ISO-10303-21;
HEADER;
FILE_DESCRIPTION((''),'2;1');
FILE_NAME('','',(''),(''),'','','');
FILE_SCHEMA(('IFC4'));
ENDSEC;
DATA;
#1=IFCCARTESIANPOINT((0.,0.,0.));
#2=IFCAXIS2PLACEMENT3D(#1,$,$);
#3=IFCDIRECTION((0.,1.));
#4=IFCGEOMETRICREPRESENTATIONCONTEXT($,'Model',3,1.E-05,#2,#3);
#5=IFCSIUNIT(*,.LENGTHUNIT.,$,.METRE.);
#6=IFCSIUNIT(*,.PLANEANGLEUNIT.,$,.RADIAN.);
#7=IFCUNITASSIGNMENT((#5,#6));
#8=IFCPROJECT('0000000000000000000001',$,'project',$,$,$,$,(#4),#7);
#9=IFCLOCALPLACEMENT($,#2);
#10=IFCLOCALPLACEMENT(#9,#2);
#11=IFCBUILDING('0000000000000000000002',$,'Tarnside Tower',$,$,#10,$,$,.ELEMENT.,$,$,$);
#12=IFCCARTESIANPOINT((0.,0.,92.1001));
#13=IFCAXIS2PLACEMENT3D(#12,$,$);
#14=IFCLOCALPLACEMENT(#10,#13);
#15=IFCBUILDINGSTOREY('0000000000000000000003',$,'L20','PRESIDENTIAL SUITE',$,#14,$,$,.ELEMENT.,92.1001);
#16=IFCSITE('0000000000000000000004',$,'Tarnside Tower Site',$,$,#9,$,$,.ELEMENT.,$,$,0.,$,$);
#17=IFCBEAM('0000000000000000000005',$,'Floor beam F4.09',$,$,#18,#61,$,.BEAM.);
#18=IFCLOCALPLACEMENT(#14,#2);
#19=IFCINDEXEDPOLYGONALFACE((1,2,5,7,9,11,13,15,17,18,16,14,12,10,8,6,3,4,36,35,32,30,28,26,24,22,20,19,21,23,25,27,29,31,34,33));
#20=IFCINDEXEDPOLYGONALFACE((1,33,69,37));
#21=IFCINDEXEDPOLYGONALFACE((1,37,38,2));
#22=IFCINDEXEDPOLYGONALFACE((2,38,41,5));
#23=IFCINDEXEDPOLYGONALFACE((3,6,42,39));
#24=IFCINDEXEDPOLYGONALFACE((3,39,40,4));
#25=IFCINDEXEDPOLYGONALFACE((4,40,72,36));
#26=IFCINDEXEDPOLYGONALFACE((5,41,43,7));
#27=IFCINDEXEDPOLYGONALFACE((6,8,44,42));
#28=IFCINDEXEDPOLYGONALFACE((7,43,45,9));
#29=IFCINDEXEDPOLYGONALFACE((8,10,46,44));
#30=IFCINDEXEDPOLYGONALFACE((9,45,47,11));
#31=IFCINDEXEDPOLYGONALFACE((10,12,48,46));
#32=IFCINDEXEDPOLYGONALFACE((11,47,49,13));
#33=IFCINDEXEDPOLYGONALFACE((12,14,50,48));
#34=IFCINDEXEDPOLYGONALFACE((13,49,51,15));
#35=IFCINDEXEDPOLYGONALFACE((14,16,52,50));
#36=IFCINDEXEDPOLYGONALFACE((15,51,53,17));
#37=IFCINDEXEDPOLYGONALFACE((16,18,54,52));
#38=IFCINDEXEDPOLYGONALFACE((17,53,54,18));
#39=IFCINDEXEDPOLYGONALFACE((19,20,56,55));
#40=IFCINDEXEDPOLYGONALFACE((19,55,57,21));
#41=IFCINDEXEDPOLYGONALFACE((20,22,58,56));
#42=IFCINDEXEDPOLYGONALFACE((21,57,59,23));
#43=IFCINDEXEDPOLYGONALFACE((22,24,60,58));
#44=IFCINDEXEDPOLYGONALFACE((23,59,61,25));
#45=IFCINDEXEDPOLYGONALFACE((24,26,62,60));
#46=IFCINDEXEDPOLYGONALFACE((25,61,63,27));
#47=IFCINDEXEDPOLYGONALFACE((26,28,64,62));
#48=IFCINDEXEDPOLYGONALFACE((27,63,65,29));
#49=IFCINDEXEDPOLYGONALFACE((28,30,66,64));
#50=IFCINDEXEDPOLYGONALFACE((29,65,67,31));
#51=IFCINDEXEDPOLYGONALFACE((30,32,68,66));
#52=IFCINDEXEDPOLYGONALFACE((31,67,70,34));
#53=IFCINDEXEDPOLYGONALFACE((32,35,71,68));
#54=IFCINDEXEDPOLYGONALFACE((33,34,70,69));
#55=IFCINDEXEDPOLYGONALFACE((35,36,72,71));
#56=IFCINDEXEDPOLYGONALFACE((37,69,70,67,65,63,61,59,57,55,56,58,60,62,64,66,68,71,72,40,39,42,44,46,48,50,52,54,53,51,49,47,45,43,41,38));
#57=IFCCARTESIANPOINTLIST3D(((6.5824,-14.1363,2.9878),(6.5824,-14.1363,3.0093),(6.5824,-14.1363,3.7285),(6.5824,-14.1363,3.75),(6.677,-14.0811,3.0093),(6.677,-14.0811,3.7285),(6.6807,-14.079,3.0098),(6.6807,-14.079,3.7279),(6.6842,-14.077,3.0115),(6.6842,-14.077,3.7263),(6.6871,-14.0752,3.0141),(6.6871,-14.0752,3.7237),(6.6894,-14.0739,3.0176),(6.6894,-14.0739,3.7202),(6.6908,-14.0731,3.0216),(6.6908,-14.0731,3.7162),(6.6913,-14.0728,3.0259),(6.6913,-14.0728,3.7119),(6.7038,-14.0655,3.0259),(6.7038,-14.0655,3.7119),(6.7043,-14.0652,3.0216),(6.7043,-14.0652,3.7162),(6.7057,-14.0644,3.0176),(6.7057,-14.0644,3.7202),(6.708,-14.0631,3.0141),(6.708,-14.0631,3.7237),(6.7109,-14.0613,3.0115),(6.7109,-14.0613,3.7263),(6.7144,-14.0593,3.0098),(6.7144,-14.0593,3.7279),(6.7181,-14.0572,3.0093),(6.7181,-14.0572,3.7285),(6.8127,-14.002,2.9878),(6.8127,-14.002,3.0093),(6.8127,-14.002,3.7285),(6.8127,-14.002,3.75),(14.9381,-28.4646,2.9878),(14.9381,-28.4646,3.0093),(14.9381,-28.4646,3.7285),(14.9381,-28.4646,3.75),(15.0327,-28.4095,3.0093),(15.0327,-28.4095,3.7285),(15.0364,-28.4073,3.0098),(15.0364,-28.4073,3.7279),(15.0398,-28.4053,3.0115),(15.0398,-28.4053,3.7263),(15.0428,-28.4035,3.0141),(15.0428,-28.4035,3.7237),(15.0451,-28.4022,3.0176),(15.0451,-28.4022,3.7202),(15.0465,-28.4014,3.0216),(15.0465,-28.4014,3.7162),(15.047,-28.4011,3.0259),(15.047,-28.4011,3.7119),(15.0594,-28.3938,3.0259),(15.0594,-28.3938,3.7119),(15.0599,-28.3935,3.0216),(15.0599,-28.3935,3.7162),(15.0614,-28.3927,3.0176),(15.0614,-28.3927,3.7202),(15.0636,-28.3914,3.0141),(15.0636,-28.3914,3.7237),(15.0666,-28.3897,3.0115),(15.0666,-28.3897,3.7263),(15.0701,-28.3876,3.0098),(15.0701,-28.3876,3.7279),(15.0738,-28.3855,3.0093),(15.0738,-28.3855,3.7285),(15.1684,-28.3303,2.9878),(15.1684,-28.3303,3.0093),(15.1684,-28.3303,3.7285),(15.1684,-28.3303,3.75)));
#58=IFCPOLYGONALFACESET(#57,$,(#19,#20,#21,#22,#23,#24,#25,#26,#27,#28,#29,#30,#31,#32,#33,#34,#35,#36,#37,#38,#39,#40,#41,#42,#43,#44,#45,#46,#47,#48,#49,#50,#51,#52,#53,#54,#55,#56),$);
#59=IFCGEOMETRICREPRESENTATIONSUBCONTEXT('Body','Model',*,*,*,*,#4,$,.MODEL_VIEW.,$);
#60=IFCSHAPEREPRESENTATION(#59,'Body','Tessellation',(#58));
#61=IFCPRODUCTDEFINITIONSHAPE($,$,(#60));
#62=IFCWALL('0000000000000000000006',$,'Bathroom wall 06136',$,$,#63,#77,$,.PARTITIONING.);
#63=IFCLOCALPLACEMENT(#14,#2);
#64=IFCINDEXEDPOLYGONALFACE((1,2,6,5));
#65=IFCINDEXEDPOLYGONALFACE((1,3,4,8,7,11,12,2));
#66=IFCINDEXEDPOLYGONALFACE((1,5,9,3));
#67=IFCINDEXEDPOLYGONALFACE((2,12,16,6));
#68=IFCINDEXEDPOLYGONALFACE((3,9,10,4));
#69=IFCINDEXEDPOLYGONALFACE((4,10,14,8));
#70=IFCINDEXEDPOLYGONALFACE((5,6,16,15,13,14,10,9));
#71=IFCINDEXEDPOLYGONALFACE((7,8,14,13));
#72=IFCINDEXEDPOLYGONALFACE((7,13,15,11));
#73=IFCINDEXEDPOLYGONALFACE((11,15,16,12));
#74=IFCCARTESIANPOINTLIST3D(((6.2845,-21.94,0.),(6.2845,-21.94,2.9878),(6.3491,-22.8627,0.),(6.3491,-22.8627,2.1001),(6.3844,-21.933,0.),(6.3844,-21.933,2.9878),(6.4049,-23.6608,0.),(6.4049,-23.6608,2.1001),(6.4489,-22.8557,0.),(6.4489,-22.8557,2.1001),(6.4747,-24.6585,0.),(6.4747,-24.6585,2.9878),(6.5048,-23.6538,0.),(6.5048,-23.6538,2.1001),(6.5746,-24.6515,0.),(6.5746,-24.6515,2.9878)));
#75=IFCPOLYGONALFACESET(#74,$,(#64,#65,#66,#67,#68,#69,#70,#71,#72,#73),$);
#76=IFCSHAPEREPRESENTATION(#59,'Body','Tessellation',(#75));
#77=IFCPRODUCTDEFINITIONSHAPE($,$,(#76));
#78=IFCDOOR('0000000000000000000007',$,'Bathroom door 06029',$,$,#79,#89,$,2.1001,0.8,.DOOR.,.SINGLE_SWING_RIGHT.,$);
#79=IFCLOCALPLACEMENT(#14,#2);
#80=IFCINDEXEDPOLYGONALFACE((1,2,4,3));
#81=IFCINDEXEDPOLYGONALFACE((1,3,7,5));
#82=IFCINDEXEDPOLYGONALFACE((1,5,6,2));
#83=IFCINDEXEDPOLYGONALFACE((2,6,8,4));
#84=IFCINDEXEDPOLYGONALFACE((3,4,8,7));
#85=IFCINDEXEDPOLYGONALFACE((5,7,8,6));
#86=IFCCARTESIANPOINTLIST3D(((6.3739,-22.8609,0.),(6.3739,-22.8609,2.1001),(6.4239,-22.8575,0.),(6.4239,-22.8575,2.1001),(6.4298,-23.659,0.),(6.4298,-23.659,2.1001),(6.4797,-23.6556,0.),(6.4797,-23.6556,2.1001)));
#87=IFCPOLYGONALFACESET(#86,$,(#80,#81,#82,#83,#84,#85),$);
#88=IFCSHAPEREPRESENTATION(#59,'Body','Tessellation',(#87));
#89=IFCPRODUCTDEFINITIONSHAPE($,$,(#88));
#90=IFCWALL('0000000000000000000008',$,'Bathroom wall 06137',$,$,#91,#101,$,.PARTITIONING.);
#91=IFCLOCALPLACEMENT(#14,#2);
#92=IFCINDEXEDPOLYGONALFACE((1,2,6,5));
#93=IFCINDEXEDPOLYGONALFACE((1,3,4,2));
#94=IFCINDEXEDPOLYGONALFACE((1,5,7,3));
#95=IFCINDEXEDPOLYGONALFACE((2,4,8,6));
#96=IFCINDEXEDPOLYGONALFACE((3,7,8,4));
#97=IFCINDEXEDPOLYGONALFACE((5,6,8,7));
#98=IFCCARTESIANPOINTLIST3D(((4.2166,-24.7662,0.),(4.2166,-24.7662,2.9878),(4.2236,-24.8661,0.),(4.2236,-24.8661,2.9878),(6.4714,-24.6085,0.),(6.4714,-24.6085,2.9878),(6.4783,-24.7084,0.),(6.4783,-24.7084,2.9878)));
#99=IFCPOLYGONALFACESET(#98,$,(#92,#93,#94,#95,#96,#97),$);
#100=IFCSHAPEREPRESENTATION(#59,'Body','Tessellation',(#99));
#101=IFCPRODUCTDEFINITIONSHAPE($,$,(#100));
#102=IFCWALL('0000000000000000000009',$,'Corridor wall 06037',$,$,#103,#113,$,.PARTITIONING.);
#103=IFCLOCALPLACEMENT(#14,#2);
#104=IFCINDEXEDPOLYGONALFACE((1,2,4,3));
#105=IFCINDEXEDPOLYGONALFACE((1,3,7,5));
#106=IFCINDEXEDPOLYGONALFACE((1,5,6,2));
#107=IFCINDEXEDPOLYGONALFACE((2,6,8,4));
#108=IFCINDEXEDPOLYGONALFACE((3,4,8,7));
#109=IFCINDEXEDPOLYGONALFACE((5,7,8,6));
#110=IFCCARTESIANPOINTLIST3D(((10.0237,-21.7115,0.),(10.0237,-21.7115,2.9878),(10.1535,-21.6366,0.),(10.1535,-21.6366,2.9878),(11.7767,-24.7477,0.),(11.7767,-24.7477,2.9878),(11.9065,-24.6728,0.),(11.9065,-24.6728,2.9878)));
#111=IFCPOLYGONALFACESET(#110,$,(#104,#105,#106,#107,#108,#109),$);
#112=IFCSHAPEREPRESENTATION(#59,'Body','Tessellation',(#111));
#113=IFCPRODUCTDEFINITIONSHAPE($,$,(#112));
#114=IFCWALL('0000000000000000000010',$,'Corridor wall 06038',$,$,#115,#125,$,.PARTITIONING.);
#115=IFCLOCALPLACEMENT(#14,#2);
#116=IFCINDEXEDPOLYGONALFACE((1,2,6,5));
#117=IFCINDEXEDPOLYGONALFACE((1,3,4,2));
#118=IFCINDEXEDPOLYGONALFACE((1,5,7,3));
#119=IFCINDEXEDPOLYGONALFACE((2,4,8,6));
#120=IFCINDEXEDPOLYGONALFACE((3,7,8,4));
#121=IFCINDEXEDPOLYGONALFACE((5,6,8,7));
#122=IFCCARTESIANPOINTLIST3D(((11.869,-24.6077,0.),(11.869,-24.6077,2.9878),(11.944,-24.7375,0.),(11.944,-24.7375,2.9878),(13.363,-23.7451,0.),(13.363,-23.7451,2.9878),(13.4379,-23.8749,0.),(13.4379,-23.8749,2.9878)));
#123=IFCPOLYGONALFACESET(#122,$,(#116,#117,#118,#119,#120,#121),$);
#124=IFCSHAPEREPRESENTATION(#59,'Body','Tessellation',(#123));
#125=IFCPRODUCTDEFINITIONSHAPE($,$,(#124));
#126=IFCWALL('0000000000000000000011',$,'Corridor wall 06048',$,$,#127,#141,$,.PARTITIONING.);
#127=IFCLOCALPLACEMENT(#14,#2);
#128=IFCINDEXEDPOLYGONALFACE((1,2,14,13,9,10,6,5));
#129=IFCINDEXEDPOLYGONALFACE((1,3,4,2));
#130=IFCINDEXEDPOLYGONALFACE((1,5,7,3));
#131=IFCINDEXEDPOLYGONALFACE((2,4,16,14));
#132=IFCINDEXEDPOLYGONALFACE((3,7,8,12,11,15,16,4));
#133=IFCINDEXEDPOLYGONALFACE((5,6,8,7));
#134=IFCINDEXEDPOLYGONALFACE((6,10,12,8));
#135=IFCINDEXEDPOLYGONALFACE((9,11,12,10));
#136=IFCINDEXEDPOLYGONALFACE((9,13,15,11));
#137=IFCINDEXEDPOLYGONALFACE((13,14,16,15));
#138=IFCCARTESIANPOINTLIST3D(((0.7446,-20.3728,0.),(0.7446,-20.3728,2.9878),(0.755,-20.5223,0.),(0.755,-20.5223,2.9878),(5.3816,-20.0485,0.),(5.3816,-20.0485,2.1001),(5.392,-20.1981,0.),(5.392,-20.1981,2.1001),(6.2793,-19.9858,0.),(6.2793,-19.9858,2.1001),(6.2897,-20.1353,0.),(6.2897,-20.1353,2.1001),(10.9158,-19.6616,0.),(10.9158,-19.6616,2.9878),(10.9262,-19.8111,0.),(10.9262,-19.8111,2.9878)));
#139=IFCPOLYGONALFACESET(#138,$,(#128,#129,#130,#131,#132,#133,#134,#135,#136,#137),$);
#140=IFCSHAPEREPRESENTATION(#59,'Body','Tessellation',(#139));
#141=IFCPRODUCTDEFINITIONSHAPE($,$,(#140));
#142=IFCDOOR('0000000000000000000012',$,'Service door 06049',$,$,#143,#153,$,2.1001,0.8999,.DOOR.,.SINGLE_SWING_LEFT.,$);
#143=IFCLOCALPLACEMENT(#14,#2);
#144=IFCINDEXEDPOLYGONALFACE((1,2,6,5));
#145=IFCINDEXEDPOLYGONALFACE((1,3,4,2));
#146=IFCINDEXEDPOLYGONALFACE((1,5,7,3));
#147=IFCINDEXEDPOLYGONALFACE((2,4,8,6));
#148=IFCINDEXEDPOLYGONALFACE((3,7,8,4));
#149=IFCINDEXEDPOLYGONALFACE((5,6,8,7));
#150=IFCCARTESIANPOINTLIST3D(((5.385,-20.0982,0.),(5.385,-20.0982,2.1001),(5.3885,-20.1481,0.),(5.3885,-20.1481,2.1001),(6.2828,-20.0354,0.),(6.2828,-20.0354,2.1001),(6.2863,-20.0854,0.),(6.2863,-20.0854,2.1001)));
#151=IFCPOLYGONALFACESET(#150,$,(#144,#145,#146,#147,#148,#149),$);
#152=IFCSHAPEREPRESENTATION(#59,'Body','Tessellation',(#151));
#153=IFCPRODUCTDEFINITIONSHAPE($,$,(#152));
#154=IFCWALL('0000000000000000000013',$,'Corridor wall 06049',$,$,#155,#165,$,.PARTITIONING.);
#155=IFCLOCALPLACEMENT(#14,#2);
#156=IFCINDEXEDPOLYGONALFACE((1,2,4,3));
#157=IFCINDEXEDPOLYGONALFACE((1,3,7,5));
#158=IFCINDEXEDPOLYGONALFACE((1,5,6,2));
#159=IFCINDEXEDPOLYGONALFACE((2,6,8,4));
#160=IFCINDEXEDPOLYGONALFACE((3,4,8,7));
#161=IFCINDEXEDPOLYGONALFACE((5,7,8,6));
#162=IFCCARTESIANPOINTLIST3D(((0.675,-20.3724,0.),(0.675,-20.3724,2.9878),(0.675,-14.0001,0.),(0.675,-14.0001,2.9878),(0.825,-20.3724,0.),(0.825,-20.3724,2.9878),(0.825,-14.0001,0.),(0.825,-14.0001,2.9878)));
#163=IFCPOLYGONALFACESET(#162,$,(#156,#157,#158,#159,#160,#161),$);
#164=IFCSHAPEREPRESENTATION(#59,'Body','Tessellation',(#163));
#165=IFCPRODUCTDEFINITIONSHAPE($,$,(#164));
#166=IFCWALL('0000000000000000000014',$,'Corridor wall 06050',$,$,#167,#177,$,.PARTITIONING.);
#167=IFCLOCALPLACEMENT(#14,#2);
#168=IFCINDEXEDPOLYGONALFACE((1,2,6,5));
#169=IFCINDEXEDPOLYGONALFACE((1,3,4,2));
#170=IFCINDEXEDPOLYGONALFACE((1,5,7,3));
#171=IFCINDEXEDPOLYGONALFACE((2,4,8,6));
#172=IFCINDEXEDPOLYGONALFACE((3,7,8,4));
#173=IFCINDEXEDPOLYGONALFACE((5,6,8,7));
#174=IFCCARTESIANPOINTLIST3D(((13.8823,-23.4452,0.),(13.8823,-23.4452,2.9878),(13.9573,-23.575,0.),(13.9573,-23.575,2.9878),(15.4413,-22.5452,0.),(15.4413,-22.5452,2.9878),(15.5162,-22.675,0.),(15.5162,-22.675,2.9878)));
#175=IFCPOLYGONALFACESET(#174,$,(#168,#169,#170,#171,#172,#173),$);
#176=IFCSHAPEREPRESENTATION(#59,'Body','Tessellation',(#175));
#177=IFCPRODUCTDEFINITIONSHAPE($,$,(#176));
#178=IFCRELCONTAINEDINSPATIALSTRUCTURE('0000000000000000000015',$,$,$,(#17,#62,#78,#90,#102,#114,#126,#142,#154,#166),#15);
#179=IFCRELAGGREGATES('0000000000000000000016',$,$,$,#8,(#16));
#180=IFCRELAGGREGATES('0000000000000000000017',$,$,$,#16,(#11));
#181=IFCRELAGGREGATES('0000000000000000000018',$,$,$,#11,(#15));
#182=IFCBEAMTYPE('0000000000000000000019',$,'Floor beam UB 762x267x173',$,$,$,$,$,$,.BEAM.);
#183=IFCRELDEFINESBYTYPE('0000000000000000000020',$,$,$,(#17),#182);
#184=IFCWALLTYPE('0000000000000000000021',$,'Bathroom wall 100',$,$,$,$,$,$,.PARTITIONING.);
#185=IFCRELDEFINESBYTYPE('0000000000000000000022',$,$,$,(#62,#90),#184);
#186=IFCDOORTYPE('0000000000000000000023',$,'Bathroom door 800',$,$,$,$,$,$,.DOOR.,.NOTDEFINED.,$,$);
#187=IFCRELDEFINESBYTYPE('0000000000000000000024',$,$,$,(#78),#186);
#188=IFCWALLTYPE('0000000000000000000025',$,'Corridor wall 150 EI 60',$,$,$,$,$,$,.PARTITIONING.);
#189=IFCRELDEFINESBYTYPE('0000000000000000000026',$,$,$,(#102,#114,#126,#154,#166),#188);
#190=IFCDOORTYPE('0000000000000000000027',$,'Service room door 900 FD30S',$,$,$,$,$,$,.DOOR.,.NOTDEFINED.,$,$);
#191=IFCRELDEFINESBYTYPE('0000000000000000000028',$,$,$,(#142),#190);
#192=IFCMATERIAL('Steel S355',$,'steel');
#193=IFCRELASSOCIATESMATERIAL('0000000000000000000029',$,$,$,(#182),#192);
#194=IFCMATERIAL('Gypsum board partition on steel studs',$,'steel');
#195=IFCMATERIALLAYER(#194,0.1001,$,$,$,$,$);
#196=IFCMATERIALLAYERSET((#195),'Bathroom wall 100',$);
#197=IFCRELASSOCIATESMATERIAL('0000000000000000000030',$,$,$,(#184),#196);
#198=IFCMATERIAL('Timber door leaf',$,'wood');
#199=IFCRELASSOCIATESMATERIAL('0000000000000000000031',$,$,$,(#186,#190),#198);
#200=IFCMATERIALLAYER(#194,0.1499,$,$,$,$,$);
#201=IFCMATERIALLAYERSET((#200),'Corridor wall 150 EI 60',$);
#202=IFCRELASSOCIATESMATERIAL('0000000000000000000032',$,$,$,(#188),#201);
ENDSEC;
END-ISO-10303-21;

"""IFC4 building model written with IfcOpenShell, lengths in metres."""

from ifc_helpers import new_model, si_unit, direction, frame, frame_2d, origin, origin_2d, place, context, subcontext, project, spatial, rectangle, i_section, extrude, material, layer, layer_set, material_profile, profile_set, type_object, element, fill, save


model = new_model("IFC4")

# Units and contexts
model_context = context("Model", 3, precision=1e-05, world=origin(), true_north=direction((0.0, 1.0)))
body_context = subcontext(model_context, "Body", "Model", "MODEL_VIEW")
ifc_project = project(units=[si_unit("LENGTHUNIT", "METRE"), si_unit("PLANEANGLEUNIT", "RADIAN")], contexts=[model_context])

# Site, building, storey
site_placement = place(None, origin())
site = spatial("IfcSite", under=ifc_project, at=site_placement, Name="Tarnside Tower Site", CompositionType="ELEMENT", RefElevation=0.0)
building_placement = place(site_placement, origin())
building = spatial("IfcBuilding", under=site, at=building_placement, Name="Tarnside Tower", CompositionType="ELEMENT")
storey_placement = place(building_placement, frame((0.0, 0.0, 92.1001)))
storey = spatial("IfcBuildingStorey", under=building, at=storey_placement, Name="L20", Description="PRESIDENTIAL SUITE", CompositionType="ELEMENT", Elevation=92.1001)

# Beam
ifc_material_1 = material(Name="Steel S355", Category="steel")
ifc_material_profile_1 = material_profile(ifc_material_1, i_section(OverallWidth=0.2666, OverallDepth=0.7622, WebThickness=0.0144, FlangeThickness=0.0215, FilletRadius=0.0166, at=origin_2d()), Name="UB 762x267x173")
ifc_profile_set_1 = profile_set([ifc_material_profile_1], Name="Steel S355")
beam_type_1 = type_object("IfcBeamType", Name="Floor beam UB 762x267x173", PredefinedType="BEAM", material=ifc_profile_set_1)
beam_1_placement = place(storey_placement, frame((15.0532, -28.3975, 3.3689), z_axis=(-0.503758, 0.863845, 0.0), x_axis=(-0.863845, -0.503758, 0.0)))
element("IfcBeam", 1, at=beam_1_placement, inside=storey, type_object=beam_type_1, Name="Floor beam F4.09", PredefinedType="BEAM", context=body_context, shape_type="SweptSolid", body=[
    extrude(i_section(OverallWidth=0.2666, OverallDepth=0.7622, WebThickness=0.0144, FlangeThickness=0.0215, FilletRadius=0.0166, at=origin_2d()), origin(), (0.0, 0.0, 1.0), 16.5867),
])

# Wall, opening, door
ifc_material_2 = material(Name="Gypsum board partition on steel studs", Category="steel")
ifc_layer_1 = layer(ifc_material_2, 0.1001)
ifc_layer_set_1 = layer_set([ifc_layer_1], Name="Bathroom wall 100")
wall_type_1 = type_object("IfcWallType", Name="Bathroom wall 100", PredefinedType="PARTITIONING", material=ifc_layer_set_1)
wall_1_placement = place(storey_placement, frame((6.3345, -21.9365, 0.0), z_axis=(0.0, 0.0, 1.0), x_axis=(0.069789, -0.997562, 0.0)))
wall_1 = element("IfcWall", 2, at=wall_1_placement, inside=storey, type_object=wall_type_1, Name="Bathroom wall 06136", PredefinedType="PARTITIONING", context=body_context, shape_type="SweptSolid", body=[
    extrude(rectangle(XDim=2.7251, YDim=0.1001, at=frame_2d((1.3625, 0.0))), origin(), (0.0, 0.0, 1.0), 2.9878),
])
opening_1_placement = place(wall_1_placement, frame((0.925, 0.0, 0.0)))
opening_1 = element("IfcOpeningElement", 3, at=opening_1_placement, cuts=wall_1, PredefinedType="OPENING", context=body_context, shape_type="SweptSolid", body=[
    extrude(rectangle(XDim=0.8, YDim=2.1001, at=frame_2d((0.3999, 1.05))), frame((0.0, 0.0601, 0.0), z_axis=(0.0, -1.0, 0.0), x_axis=(1.0, 0.0, 0.0)), (0.0, 0.0, 1.0), 0.1201),
])
ifc_material_3 = material(Name="Timber door leaf", Category="wood")
door_type_1 = type_object("IfcDoorType", Name="Bathroom door 800", OperationType="NOTDEFINED", PredefinedType="DOOR", material=ifc_material_3)
door_1_placement = place(opening_1_placement, origin())
door_1 = element("IfcDoor", 4, at=door_1_placement, inside=storey, type_object=door_type_1, Name="Bathroom door 06029", OperationType="SINGLE_SWING_RIGHT", OverallHeight=2.1001, OverallWidth=0.8, PredefinedType="DOOR", context=body_context, shape_type="SweptSolid", body=[
    extrude(rectangle(XDim=0.8, YDim=2.1001, at=frame_2d((0.3999, 1.05))), frame((0.0, 0.0249, 0.0), z_axis=(0.0, -1.0, 0.0), x_axis=(1.0, 0.0, 0.0)), (0.0, 0.0, 1.0), 0.05),
])
fill(opening_1, door_1)

# Walls
wall_2_placement = place(storey_placement, frame((6.4749, -24.6584, 0.0), z_axis=(0.0, 0.0, 1.0), x_axis=(-0.997562, -0.069781, 0.0)))
element("IfcWall", 5, at=wall_2_placement, inside=storey, type_object=wall_type_1, Name="Bathroom wall 06137", PredefinedType="PARTITIONING", context=body_context, shape_type="SweptSolid", body=[
    extrude(rectangle(XDim=2.2603, YDim=0.1001, at=frame_2d((1.1301, 0.0))), origin(), (0.0, 0.0, 1.0), 2.9878),
])
ifc_layer_2 = layer(ifc_material_2, 0.1499)
ifc_layer_set_2 = layer_set([ifc_layer_2], Name="Corridor wall 150 EI 60")
wall_type_2 = type_object("IfcWallType", Name="Corridor wall 150 EI 60", PredefinedType="PARTITIONING", material=ifc_layer_set_2)
wall_3_placement = place(storey_placement, frame((10.0886, -21.6741, 0.0), z_axis=(0.0, 0.0, 1.0), x_axis=(0.500004, -0.866023, 0.0)))
element("IfcWall", 6, at=wall_3_placement, inside=storey, type_object=wall_type_2, Name="Corridor wall 06037", PredefinedType="PARTITIONING", context=body_context, shape_type="SweptSolid", body=[
    extrude(rectangle(XDim=3.5059, YDim=0.1499, at=frame_2d((1.7529, 0.0))), origin(), (0.0, 0.0, 1.0), 2.9878),
])
wall_4_placement = place(storey_placement, frame((11.9065, -24.6726, 0.0), z_axis=(0.0, 0.0, 1.0), x_axis=(0.866014, 0.500021, 0.0)))
element("IfcWall", 7, at=wall_4_placement, inside=storey, type_object=wall_type_2, Name="Corridor wall 06038", PredefinedType="PARTITIONING", context=body_context, shape_type="SweptSolid", body=[
    extrude(rectangle(XDim=1.7251, YDim=0.1499, at=frame_2d((0.8625, 0.0))), origin(), (0.0, 0.0, 1.0), 2.9878),
])

# Wall, opening, door
wall_5_placement = place(storey_placement, frame((10.9211, -19.7363, 0.0), z_axis=(0.0, 0.0, 1.0), x_axis=(-0.997564, -0.069751, 0.0)))
wall_5 = element("IfcWall", 8, at=wall_5_placement, inside=storey, type_object=wall_type_2, Name="Corridor wall 06048", PredefinedType="PARTITIONING", context=body_context, shape_type="SweptSolid", body=[
    extrude(rectangle(XDim=10.196, YDim=0.1499, at=frame_2d((5.0981, 0.0))), origin(), (0.0, 0.0, 1.0), 2.9878),
])
opening_2_placement = place(wall_5_placement, frame((4.6479, 0.0, 0.0)))
opening_2 = element("IfcOpeningElement", 9, at=opening_2_placement, cuts=wall_5, PredefinedType="OPENING", context=body_context, shape_type="SweptSolid", body=[
    extrude(rectangle(XDim=0.8999, YDim=2.1001, at=frame_2d((0.45, 1.05))), frame((0.0, 0.085, 0.0), z_axis=(0.0, -1.0, 0.0), x_axis=(1.0, 0.0, 0.0)), (0.0, 0.0, 1.0), 0.1699),
])
door_type_2 = type_object("IfcDoorType", Name="Service room door 900 FD30S", OperationType="NOTDEFINED", PredefinedType="DOOR", material=ifc_material_3)
door_2_placement = place(opening_2_placement, origin())
door_2 = element("IfcDoor", 10, at=door_2_placement, inside=storey, type_object=door_type_2, Name="Service door 06049", OperationType="SINGLE_SWING_LEFT", OverallHeight=2.1001, OverallWidth=0.8999, PredefinedType="DOOR", context=body_context, shape_type="SweptSolid", body=[
    extrude(rectangle(XDim=0.8999, YDim=2.1001, at=frame_2d((0.45, 1.05))), frame((0.0, 0.0249, 0.0), z_axis=(0.0, -1.0, 0.0), x_axis=(1.0, 0.0, 0.0)), (0.0, 0.0, 1.0), 0.05),
])
fill(opening_2, door_2)

# Walls
wall_6_placement = place(storey_placement, frame((0.75, -20.3723, 0.0), z_axis=(0.0, 0.0, 1.0), x_axis=(0.0, 1.0, 0.0)))
element("IfcWall", 11, at=wall_6_placement, inside=storey, type_object=wall_type_2, Name="Corridor wall 06049", PredefinedType="PARTITIONING", context=body_context, shape_type="SweptSolid", body=[
    extrude(rectangle(XDim=6.3723, YDim=0.1499, at=frame_2d((3.186, 0.0))), origin(), (0.0, 0.0, 1.0), 2.9878),
])
wall_7_placement = place(storey_placement, frame((13.9199, -23.51, 0.0), z_axis=(0.0, 0.0, 1.0), x_axis=(0.866048, 0.499961, 0.0)))
element("IfcWall", 12, at=wall_7_placement, inside=storey, type_object=wall_type_2, Name="Corridor wall 06050", PredefinedType="PARTITIONING", context=body_context, shape_type="SweptSolid", body=[
    extrude(rectangle(XDim=1.8, YDim=0.1499, at=frame_2d((0.8999, 0.0))), origin(), (0.0, 0.0, 1.0), 2.9878),
])

save(model, "model.ifc")
